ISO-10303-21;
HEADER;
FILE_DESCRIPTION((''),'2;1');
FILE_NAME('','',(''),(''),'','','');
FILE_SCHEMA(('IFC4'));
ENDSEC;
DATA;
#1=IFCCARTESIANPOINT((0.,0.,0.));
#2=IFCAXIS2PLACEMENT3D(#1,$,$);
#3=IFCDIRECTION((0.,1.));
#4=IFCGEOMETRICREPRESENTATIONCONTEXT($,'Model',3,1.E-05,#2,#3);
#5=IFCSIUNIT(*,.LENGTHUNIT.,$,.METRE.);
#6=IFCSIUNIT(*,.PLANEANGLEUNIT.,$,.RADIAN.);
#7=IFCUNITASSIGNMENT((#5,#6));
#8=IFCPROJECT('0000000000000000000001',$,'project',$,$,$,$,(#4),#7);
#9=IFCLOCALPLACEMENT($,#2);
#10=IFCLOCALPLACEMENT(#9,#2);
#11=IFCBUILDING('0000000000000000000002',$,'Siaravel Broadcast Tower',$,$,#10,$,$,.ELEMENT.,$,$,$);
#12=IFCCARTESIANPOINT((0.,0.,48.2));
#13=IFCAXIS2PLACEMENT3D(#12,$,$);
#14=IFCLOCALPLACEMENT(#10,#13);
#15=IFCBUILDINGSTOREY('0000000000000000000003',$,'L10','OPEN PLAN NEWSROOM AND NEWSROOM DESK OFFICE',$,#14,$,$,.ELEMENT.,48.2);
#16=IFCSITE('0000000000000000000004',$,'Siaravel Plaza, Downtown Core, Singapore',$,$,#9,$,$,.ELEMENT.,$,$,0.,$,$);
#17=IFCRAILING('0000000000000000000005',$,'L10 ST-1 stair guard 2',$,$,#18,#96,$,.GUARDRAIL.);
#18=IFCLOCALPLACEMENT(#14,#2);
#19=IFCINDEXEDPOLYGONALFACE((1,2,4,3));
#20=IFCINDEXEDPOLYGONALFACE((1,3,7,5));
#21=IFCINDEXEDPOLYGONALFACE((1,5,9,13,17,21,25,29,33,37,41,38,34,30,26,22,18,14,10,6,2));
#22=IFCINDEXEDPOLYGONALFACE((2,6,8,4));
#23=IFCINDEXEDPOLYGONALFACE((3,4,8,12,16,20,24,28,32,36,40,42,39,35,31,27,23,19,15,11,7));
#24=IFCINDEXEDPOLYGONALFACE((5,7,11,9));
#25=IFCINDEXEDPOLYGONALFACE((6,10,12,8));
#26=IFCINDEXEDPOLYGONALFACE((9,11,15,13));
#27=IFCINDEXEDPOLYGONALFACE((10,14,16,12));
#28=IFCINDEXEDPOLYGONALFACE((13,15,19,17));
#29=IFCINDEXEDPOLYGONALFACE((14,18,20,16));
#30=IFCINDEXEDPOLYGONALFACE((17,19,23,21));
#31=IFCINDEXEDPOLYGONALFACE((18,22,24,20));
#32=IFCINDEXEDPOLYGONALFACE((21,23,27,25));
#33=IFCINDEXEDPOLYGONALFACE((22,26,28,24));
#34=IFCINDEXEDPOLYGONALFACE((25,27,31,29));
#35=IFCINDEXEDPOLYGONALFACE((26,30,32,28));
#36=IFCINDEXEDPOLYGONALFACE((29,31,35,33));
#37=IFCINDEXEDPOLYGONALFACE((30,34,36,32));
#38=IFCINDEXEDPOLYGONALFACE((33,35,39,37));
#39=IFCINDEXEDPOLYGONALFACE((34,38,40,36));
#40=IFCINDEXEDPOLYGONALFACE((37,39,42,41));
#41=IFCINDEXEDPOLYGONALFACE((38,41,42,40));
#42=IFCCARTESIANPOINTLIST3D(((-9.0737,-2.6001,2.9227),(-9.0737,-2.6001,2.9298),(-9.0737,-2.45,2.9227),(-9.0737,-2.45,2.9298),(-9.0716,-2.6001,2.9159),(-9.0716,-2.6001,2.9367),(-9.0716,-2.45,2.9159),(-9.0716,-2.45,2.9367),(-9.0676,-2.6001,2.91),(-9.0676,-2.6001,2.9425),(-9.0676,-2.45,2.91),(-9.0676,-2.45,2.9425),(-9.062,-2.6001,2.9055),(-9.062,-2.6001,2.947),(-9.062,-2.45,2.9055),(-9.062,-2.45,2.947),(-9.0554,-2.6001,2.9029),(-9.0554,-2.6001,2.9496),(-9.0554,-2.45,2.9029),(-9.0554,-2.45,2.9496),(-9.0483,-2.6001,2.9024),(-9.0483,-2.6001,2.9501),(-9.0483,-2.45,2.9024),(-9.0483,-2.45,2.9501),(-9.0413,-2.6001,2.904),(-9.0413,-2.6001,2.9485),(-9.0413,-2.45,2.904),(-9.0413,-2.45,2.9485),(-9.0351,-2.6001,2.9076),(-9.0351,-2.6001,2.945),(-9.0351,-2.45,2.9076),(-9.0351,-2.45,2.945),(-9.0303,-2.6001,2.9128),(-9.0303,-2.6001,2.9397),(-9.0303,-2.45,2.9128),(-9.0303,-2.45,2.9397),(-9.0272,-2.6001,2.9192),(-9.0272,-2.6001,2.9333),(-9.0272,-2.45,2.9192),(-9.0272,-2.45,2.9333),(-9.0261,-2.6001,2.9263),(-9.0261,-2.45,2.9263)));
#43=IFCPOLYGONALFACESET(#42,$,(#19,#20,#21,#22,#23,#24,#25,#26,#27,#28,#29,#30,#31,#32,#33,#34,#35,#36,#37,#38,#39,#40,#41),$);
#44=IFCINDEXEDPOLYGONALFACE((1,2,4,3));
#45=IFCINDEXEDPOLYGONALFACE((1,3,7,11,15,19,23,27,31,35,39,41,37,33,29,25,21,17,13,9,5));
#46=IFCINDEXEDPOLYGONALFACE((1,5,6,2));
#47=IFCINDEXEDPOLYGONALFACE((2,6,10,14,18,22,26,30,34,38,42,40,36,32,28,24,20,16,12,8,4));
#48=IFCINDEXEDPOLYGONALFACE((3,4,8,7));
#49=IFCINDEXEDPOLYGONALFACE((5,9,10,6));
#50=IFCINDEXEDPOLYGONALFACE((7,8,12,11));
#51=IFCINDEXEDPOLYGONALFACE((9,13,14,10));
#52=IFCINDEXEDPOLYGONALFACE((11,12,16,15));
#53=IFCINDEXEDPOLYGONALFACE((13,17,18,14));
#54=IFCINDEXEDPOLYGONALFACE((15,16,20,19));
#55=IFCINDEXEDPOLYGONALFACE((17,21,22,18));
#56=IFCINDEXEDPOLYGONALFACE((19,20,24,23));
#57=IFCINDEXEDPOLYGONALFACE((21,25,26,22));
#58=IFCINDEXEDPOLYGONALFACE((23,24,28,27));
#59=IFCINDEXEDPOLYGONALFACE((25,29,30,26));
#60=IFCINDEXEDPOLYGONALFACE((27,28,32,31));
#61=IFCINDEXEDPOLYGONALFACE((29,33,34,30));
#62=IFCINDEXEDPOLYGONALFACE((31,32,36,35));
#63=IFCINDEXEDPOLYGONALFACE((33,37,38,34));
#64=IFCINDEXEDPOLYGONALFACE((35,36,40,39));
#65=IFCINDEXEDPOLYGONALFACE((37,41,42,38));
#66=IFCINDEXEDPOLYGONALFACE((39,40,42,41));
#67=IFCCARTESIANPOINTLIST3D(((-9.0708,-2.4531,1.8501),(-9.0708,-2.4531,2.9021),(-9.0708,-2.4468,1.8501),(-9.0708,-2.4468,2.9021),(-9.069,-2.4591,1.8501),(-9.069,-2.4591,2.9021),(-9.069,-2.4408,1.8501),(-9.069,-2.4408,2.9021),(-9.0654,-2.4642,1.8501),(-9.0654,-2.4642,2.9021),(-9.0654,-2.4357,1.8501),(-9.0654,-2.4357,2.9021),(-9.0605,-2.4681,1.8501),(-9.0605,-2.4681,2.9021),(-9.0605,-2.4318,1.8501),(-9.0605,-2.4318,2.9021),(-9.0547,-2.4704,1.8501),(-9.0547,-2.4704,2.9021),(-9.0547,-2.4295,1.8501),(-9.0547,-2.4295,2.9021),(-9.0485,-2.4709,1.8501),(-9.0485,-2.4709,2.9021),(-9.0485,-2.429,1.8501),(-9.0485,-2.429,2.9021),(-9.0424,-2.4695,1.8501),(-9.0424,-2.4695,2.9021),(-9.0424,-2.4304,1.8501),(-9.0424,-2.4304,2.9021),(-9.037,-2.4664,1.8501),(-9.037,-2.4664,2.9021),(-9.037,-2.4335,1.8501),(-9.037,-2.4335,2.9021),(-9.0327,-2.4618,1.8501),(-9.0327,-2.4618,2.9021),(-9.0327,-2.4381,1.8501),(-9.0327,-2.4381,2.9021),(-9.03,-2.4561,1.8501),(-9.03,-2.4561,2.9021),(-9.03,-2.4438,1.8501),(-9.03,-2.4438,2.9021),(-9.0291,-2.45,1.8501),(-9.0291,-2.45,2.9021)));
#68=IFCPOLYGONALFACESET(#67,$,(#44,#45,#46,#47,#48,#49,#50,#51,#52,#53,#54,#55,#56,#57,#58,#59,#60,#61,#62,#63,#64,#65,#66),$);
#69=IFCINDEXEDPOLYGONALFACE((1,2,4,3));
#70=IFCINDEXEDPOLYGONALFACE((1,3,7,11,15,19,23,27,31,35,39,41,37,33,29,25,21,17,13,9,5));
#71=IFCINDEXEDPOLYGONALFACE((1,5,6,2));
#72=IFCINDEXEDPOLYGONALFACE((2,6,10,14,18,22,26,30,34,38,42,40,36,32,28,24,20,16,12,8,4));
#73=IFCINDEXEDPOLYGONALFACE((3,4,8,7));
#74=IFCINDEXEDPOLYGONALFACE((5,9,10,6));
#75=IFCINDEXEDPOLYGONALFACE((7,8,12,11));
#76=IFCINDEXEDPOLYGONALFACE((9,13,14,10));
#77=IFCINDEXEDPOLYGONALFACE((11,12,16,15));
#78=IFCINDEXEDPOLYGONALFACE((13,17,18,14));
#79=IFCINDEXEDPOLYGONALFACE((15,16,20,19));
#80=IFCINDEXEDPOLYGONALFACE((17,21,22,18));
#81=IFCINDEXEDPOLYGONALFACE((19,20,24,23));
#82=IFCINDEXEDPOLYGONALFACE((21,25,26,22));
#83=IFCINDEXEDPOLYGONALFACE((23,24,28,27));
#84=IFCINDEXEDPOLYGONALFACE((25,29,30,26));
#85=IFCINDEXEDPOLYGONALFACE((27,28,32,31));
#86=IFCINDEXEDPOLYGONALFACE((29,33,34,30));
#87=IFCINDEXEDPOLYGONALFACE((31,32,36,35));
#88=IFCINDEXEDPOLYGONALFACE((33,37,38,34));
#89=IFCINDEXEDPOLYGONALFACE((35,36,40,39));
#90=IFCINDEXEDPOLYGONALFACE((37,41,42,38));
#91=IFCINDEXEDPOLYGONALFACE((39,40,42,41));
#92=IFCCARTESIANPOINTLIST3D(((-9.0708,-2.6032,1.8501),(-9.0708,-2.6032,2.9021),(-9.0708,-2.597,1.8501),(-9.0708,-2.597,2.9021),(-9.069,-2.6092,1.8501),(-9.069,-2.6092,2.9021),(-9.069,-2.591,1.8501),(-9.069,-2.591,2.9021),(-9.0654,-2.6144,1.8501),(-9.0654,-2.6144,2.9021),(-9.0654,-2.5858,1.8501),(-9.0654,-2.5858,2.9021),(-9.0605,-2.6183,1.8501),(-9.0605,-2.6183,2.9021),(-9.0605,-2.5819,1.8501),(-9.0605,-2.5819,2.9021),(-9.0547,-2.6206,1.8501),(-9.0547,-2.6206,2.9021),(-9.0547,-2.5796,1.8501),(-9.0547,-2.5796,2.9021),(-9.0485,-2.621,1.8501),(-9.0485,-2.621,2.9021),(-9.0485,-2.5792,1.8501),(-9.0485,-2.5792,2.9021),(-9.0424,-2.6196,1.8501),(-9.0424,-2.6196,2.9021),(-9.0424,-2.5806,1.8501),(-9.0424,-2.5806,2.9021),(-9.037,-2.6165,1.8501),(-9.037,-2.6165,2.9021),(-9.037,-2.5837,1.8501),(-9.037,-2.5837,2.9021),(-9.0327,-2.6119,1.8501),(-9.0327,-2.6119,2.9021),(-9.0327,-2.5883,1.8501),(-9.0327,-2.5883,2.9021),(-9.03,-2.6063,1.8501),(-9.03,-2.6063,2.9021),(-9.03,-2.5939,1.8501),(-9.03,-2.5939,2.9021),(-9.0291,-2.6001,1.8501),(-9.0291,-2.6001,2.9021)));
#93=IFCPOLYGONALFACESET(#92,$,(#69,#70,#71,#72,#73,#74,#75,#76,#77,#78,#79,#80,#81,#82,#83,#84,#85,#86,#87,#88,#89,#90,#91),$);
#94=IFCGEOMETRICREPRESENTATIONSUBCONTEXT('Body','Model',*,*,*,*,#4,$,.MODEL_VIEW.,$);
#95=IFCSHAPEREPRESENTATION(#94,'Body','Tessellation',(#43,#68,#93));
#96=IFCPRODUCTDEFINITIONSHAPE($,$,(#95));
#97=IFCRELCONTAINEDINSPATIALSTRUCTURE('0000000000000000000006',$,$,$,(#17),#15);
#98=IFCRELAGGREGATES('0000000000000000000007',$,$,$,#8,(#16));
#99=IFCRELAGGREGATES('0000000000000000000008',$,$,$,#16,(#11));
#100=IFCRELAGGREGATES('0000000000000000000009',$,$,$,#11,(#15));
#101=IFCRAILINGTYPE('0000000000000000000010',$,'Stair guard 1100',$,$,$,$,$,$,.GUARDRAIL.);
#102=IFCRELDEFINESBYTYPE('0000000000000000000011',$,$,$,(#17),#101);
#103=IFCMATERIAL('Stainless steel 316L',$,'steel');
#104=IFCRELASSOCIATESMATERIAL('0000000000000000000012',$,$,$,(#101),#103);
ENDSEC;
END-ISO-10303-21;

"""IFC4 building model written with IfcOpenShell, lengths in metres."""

from ifc_helpers import new_model, si_unit, direction, frame, origin, origin_2d, place, context, subcontext, project, spatial, circle, extrude, material, type_object, element, save


model = new_model("IFC4")

# Units and contexts
model_context = context("Model", 3, precision=1e-05, world=origin(), true_north=direction((0.0, 1.0)))
body_context = subcontext(model_context, "Body", "Model", "MODEL_VIEW")
ifc_project = project(units=[si_unit("LENGTHUNIT", "METRE"), si_unit("PLANEANGLEUNIT", "RADIAN")], contexts=[model_context])

# Site, building, storey
site_placement = place(None, origin())
site = spatial("IfcSite", under=ifc_project, at=site_placement, Name="Siaravel Plaza, Downtown Core, Singapore", CompositionType="ELEMENT", RefElevation=0.0)
building_placement = place(site_placement, origin())
building = spatial("IfcBuilding", under=site, at=building_placement, Name="Siaravel Broadcast Tower", CompositionType="ELEMENT")
storey_placement = place(building_placement, frame((0.0, 0.0, 48.2)))
storey = spatial("IfcBuildingStorey", under=building, at=storey_placement, Name="L10", Description="OPEN PLAN NEWSROOM AND NEWSROOM DESK OFFICE", CompositionType="ELEMENT", Elevation=48.2)

# Shared definitions
ifc_material_1 = material(Name="Stainless steel 316L", Category="steel")

# Railing
railing_type_1 = type_object("IfcRailingType", Name="Stair guard 1100", PredefinedType="GUARDRAIL", material=ifc_material_1)
railing_1_placement = place(storey_placement, frame((-9.05, -2.45, 1.8501)))
element("IfcRailing", 1, at=railing_1_placement, inside=storey, type_object=railing_type_1, Name="L10 ST-1 stair guard 2", PredefinedType="GUARDRAIL", context=body_context, shape_type="SweptSolid", body=[
    extrude(circle(Radius=0.0239, at=origin_2d()), frame((0.0, 0.0, 1.0762), z_axis=(0.0, -1.0, 0.0), x_axis=(1.0, 0.0, 0.0)), (0.0, 0.0, 1.0), 0.1501),
    extrude(circle(Radius=0.021, at=origin_2d()), origin(), (0.0, 0.0, 1.0), 1.052),
    extrude(circle(Radius=0.021, at=origin_2d()), frame((0.0, -0.1501, 0.0)), (0.0, 0.0, 1.0), 1.052),
])

save(model, "model.ifc")
